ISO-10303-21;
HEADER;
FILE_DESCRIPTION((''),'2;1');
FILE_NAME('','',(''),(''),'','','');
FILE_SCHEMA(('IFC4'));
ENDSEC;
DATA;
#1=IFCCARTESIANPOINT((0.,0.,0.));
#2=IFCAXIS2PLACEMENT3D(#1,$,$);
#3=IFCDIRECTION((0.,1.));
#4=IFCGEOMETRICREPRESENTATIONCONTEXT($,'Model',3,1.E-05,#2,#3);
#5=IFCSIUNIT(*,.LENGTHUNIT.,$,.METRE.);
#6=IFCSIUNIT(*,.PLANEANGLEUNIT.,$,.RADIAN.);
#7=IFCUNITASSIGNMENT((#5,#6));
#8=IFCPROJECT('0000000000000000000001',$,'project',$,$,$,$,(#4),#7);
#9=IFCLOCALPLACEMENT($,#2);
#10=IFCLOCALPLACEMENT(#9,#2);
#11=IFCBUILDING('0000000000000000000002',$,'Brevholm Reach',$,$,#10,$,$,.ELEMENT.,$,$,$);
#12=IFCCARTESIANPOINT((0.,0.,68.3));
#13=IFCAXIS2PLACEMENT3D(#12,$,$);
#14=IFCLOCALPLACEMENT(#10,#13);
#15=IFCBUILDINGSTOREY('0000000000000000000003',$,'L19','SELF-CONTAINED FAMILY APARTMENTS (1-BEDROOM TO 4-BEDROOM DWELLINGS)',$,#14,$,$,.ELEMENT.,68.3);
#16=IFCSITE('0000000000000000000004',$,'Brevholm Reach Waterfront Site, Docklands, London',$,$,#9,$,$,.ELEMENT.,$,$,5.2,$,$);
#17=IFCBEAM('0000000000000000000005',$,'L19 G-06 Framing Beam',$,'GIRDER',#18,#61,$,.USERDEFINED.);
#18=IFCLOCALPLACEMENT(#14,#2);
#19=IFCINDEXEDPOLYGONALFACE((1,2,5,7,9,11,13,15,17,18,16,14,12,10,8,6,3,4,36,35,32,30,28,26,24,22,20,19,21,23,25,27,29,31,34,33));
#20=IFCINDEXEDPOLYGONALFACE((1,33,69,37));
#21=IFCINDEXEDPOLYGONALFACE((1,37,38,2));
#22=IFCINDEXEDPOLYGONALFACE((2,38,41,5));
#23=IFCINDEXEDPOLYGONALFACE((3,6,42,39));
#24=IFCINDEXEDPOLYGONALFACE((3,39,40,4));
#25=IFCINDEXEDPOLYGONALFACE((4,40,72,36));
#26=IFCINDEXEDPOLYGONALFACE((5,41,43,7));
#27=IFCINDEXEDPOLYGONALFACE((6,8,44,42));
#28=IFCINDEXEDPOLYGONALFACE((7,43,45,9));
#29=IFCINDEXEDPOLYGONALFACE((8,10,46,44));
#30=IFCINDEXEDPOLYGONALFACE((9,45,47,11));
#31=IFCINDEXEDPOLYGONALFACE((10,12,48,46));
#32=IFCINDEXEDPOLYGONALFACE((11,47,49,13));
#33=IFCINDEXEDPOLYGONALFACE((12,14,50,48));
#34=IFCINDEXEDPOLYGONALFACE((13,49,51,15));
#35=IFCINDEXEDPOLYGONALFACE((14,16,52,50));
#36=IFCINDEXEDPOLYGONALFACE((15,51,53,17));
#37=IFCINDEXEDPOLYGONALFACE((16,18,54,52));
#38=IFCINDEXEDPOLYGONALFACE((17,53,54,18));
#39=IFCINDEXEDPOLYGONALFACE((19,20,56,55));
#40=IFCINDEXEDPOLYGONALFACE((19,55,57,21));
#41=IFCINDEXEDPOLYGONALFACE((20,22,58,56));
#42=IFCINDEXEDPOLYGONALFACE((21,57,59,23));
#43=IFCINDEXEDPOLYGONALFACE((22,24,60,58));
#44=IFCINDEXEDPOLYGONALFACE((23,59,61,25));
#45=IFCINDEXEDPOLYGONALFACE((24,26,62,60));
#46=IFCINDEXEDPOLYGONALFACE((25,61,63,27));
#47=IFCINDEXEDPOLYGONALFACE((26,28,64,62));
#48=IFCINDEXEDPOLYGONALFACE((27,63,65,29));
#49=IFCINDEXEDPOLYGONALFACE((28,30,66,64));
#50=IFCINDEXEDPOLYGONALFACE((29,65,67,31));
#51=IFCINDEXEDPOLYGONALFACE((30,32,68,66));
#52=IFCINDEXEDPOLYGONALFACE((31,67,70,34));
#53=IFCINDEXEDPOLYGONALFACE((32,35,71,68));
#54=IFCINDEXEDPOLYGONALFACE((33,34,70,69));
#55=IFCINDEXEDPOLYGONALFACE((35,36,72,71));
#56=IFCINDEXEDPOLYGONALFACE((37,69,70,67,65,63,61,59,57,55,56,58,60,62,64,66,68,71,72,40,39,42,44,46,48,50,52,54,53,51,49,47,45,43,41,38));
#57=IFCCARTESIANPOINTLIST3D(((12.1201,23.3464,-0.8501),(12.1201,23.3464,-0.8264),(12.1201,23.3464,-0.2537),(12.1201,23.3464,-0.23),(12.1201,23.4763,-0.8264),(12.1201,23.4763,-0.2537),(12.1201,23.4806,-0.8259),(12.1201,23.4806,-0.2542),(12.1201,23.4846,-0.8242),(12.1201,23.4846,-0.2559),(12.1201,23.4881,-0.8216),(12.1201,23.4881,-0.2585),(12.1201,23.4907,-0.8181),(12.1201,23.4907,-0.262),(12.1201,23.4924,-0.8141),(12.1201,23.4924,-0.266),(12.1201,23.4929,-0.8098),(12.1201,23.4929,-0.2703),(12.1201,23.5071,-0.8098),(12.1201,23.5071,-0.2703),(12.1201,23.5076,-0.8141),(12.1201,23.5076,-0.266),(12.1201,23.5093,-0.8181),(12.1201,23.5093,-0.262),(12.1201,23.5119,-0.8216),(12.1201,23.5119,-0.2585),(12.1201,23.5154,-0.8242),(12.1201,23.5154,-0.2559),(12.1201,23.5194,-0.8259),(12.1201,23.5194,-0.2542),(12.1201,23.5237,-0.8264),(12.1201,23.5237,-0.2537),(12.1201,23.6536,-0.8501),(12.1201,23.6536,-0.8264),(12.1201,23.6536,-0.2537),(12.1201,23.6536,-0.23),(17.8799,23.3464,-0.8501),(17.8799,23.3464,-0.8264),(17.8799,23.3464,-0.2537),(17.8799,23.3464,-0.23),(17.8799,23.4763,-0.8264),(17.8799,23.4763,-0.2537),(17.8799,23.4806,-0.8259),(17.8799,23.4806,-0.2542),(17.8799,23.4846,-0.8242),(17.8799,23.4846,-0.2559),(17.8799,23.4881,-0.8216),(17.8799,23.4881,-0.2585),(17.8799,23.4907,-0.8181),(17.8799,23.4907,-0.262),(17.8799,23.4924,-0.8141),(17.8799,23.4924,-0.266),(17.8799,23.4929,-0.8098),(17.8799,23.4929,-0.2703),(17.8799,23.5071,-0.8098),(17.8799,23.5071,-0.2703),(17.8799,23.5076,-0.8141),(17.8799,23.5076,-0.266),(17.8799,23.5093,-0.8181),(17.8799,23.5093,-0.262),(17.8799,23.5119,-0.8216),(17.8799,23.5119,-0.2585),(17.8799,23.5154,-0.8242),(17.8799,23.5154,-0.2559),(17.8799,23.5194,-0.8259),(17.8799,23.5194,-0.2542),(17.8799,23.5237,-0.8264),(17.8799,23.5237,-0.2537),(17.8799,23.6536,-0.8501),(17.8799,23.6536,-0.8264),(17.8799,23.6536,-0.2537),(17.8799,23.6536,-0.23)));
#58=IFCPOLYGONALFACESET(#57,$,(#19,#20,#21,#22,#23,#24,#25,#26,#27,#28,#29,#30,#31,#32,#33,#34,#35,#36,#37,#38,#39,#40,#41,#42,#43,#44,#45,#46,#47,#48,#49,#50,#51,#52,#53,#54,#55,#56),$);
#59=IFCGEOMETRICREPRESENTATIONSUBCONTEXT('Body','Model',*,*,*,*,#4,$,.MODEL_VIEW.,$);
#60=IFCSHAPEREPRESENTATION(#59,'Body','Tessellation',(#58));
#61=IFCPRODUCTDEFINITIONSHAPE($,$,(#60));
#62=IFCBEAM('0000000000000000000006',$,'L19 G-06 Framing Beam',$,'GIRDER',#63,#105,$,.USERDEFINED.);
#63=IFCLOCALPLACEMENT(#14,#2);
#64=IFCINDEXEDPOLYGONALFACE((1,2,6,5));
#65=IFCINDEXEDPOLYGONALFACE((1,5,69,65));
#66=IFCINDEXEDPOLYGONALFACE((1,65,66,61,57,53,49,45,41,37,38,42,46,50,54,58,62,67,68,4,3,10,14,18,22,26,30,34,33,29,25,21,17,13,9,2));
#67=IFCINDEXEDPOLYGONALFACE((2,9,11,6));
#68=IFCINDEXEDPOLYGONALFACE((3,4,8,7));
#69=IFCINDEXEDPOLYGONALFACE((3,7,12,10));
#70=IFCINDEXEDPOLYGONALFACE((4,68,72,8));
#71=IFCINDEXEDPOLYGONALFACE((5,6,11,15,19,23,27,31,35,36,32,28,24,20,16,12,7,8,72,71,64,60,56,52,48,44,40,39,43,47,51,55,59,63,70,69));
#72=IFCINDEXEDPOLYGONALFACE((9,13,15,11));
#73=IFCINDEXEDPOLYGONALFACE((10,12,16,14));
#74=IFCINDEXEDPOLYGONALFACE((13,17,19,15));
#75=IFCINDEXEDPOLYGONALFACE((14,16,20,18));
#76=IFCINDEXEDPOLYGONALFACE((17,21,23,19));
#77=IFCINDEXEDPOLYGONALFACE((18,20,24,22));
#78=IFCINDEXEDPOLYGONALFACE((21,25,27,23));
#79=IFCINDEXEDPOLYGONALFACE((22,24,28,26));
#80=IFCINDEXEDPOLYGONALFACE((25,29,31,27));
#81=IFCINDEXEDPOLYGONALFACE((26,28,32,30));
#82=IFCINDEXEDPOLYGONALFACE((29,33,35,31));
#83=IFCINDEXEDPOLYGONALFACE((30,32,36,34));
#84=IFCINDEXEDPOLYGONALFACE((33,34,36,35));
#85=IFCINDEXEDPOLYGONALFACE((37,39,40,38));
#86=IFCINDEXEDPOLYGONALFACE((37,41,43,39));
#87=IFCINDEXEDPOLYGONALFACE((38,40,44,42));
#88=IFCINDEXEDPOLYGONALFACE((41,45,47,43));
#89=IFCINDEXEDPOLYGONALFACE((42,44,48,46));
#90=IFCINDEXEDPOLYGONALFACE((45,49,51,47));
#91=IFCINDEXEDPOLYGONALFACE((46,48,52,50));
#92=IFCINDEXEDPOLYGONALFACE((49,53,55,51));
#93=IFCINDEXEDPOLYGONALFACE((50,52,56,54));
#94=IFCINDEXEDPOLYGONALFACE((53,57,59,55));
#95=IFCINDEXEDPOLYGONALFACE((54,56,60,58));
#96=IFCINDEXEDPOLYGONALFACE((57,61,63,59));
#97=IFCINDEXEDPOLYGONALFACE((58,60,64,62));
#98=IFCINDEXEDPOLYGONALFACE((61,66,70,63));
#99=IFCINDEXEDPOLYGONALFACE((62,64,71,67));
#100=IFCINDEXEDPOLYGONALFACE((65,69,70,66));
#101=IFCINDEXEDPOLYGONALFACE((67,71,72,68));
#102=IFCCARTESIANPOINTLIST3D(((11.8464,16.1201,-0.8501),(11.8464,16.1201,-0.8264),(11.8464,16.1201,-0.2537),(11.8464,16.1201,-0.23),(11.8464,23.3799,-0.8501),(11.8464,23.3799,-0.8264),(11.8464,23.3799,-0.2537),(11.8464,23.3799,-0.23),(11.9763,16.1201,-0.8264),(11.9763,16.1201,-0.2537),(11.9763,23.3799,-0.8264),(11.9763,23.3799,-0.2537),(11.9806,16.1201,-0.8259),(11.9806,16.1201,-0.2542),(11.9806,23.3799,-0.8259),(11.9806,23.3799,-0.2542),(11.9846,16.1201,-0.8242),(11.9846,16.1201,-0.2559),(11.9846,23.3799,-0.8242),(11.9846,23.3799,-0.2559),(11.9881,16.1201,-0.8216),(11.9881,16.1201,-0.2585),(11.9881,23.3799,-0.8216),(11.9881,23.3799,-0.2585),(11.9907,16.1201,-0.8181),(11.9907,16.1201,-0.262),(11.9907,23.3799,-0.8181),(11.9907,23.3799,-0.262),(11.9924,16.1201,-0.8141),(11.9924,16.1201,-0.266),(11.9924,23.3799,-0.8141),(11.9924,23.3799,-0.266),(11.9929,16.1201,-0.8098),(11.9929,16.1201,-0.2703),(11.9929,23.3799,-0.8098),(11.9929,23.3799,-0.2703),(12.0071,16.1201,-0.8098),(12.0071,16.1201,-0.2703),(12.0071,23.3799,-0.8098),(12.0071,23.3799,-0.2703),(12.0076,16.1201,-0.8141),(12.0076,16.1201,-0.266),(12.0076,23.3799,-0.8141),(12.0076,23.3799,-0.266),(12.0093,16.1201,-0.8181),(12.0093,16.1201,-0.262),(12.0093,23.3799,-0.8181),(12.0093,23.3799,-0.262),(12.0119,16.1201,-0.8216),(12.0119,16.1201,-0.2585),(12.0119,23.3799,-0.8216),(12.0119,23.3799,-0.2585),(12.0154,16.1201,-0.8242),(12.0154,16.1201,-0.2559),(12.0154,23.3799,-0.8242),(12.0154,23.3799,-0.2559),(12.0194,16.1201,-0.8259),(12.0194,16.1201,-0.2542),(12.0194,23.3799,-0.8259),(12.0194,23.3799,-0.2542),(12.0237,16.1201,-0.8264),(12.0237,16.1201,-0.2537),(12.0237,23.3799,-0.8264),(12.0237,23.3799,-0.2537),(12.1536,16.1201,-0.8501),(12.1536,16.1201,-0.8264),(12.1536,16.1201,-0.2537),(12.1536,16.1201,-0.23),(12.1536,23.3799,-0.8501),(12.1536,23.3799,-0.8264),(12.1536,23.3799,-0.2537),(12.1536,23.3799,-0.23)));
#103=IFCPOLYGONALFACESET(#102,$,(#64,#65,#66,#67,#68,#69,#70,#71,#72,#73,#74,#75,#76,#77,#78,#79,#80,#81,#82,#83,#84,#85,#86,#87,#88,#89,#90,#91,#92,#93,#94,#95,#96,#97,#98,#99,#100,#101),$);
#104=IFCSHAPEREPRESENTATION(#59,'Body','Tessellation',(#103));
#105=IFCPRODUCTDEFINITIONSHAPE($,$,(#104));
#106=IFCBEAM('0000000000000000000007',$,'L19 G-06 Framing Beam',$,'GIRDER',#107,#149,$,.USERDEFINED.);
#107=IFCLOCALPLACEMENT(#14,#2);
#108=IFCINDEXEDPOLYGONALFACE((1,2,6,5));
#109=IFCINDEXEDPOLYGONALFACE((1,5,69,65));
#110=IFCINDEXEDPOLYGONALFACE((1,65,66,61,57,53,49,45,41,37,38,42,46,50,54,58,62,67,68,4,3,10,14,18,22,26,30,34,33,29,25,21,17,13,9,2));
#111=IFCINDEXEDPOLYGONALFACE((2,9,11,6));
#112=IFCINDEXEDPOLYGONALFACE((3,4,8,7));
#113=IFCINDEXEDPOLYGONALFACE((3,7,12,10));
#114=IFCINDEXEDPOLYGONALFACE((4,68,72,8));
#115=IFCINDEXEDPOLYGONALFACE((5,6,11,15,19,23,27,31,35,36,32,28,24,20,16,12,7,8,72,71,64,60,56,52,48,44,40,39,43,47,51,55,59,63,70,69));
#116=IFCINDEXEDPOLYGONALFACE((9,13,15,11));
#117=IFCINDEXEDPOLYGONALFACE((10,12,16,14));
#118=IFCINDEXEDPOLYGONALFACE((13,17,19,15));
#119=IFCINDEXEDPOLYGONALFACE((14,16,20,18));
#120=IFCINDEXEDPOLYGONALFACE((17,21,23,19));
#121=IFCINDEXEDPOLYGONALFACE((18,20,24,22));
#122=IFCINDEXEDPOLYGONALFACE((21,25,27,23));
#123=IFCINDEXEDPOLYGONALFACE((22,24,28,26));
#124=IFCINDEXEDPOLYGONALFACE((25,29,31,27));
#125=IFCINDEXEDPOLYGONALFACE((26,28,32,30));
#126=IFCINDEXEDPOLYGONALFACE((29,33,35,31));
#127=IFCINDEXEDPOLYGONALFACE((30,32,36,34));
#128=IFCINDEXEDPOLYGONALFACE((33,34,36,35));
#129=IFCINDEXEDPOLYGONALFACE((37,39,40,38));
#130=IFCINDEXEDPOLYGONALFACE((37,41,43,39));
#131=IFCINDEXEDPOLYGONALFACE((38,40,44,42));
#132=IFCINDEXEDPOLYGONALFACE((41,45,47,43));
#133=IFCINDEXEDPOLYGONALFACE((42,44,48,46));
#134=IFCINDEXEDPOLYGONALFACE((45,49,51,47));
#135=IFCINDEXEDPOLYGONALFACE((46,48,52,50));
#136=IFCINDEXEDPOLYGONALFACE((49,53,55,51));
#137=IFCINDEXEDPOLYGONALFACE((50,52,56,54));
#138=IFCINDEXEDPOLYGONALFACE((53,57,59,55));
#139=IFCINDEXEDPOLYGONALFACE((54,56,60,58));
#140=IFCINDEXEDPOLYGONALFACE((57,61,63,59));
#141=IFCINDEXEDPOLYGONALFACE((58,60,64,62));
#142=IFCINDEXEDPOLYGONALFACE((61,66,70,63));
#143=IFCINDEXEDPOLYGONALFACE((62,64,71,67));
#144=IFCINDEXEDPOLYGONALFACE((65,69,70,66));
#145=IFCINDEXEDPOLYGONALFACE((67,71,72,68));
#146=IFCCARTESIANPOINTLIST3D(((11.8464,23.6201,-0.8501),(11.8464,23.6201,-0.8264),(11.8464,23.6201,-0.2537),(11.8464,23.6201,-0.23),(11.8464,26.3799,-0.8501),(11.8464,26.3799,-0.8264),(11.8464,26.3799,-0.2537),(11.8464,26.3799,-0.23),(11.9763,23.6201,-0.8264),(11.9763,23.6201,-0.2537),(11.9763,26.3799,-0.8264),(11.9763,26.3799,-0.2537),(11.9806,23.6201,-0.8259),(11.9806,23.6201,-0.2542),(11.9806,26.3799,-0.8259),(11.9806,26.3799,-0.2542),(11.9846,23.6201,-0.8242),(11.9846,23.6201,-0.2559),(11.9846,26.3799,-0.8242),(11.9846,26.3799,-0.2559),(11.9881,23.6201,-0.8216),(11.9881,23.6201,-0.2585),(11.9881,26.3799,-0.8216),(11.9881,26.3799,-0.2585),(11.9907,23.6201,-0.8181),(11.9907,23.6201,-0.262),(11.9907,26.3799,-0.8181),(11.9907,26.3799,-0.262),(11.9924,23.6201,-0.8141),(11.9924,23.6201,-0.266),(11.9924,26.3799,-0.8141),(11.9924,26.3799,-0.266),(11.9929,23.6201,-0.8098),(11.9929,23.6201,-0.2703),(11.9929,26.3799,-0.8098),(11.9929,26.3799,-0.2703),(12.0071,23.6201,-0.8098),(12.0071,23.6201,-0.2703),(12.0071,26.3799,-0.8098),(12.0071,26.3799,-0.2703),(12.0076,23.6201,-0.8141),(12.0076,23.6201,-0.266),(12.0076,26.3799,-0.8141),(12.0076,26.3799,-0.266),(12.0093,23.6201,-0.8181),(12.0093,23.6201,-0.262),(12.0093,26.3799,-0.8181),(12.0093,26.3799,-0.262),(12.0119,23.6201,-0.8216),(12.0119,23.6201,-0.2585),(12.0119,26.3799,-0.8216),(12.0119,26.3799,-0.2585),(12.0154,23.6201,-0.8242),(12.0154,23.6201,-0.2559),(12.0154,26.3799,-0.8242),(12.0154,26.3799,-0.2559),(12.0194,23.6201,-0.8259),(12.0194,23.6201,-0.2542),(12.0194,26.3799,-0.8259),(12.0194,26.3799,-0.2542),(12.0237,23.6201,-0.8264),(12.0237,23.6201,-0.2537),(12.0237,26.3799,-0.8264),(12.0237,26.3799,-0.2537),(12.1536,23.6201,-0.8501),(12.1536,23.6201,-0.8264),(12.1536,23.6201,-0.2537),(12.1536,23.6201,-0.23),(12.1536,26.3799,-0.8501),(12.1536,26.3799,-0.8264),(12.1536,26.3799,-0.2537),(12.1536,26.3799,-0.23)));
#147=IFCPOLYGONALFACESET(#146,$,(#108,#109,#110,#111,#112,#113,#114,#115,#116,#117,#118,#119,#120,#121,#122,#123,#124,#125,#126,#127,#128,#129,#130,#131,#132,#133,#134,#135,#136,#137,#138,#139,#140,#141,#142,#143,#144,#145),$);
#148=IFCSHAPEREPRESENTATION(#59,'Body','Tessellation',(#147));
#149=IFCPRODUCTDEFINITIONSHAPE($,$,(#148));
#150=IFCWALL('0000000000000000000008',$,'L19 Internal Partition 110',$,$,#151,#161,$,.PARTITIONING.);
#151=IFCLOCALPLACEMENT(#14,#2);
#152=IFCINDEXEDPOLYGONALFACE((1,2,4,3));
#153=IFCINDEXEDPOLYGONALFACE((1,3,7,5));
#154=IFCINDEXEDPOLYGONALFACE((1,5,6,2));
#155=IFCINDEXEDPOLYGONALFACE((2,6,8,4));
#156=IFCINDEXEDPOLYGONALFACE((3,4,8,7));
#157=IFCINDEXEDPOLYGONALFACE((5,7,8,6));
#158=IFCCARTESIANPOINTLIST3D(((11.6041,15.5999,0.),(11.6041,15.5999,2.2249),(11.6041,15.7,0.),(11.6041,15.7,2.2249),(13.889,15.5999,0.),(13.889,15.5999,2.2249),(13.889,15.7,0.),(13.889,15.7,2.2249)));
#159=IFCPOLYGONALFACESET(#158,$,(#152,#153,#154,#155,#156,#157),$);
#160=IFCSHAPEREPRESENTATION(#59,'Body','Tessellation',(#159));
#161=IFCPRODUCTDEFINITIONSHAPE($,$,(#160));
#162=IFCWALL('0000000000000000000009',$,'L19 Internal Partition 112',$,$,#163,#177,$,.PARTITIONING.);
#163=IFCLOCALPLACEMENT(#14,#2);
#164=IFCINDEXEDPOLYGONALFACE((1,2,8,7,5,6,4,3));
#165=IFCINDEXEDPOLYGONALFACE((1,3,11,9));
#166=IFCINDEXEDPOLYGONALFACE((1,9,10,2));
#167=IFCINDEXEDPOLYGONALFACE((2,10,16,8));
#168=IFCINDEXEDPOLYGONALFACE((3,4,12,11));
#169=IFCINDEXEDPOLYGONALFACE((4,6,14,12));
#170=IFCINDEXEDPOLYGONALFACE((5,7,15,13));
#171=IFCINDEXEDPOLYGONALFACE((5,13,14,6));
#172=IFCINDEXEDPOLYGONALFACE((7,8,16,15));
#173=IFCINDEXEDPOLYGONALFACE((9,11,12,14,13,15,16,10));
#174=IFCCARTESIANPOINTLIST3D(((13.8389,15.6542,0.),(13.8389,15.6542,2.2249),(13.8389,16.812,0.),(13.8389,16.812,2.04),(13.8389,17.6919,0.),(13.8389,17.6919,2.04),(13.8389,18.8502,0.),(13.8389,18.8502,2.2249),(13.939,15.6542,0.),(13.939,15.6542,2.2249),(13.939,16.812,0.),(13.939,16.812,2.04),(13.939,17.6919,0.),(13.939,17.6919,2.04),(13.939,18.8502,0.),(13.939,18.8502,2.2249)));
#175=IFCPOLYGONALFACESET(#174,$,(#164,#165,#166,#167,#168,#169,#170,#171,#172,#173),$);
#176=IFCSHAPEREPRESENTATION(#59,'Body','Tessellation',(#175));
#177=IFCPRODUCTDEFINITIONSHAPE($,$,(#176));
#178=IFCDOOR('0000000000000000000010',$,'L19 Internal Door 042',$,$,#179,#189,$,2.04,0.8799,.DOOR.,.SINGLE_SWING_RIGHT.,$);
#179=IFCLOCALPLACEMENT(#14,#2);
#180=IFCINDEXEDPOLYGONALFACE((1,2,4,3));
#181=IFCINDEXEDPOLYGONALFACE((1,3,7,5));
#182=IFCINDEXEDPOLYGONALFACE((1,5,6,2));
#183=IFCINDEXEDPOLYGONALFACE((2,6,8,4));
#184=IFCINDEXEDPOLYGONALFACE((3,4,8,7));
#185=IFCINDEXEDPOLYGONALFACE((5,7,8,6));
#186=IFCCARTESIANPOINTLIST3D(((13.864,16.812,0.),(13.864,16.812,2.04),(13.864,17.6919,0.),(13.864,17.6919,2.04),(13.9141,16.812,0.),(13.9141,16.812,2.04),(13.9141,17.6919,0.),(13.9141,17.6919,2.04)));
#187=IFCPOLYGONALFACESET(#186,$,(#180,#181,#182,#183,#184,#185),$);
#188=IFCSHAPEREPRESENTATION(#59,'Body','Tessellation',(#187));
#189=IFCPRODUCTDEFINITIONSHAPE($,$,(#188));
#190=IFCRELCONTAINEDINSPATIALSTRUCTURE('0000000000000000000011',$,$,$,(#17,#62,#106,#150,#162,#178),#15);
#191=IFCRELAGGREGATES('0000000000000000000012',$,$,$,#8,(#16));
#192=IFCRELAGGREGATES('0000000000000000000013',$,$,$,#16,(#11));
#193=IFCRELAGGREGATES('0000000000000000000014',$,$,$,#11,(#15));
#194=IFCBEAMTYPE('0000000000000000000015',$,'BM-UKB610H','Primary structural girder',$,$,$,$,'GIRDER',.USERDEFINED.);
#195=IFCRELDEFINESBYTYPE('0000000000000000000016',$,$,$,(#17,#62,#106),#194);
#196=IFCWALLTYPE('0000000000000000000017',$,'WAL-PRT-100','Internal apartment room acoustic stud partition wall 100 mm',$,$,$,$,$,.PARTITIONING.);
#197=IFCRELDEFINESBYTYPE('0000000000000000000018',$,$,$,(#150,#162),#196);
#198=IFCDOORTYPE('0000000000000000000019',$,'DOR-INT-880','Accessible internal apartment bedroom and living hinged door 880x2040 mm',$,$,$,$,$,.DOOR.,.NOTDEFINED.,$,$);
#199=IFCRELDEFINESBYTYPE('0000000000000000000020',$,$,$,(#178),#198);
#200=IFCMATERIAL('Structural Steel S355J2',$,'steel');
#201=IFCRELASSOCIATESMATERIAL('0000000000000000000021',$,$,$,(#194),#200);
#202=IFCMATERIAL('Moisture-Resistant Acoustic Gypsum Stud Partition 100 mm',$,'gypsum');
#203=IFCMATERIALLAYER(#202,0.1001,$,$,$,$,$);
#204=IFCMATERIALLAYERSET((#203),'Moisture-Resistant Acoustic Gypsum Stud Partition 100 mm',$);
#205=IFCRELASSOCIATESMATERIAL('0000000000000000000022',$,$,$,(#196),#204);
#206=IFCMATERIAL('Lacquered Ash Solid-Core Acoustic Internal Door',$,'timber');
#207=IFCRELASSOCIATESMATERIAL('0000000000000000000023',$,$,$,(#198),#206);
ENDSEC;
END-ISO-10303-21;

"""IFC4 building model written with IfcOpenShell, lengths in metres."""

from ifc_helpers import new_model, si_unit, direction, frame, frame_2d, origin, origin_2d, place, context, subcontext, project, spatial, rectangle, i_section, extrude, material, layer, layer_set, material_profile, profile_set, type_object, element, fill, save


model = new_model("IFC4")

# Units and contexts
model_context = context("Model", 3, precision=1e-05, world=origin(), true_north=direction((0.0, 1.0)))
body_context = subcontext(model_context, "Body", "Model", "MODEL_VIEW")
ifc_project = project(units=[si_unit("LENGTHUNIT", "METRE"), si_unit("PLANEANGLEUNIT", "RADIAN")], contexts=[model_context])

# Site, building, storey
site_placement = place(None, origin())
site = spatial("IfcSite", under=ifc_project, at=site_placement, Name="Brevholm Reach Waterfront Site, Docklands, London", CompositionType="ELEMENT", RefElevation=5.2)
building_placement = place(site_placement, origin())
building = spatial("IfcBuilding", under=site, at=building_placement, Name="Brevholm Reach", CompositionType="ELEMENT")
storey_placement = place(building_placement, frame((0.0, 0.0, 68.3)))
storey = spatial("IfcBuildingStorey", under=building, at=storey_placement, Name="L19", Description="SELF-CONTAINED FAMILY APARTMENTS (1-BEDROOM TO 4-BEDROOM DWELLINGS)", CompositionType="ELEMENT", Elevation=68.3)

# Beams
ifc_material_1 = material(Name="Structural Steel S355J2", Category="steel")
ifc_material_profile_1 = material_profile(ifc_material_1, i_section(OverallWidth=0.3071, OverallDepth=0.6201, WebThickness=0.0142, FlangeThickness=0.0237, FilletRadius=0.0166, at=origin_2d()), Name="UKB 610x305x179")
ifc_profile_set_1 = profile_set([ifc_material_profile_1], Name="Structural Steel S355J2")
beam_type_1 = type_object("IfcBeamType", Name="BM-UKB610H", Description="Primary structural girder", ElementType="GIRDER", PredefinedType="USERDEFINED", material=ifc_profile_set_1)
for number, where, z_axis, x_axis, name in (
    (1, (12.1201, 23.5, -0.54), (1.0, 0.0, 0.0), (0.0, 1.0, 0.0), "L19 G-06 Framing Beam"),
):
    element("IfcBeam", number, at=place(storey_placement, frame(where, z_axis=z_axis, x_axis=x_axis)), inside=storey, type_object=beam_type_1, Name=name, ObjectType="GIRDER", PredefinedType="USERDEFINED", context=body_context, shape_type="SweptSolid", body=[
        extrude(i_section(OverallWidth=0.3071, OverallDepth=0.6201, WebThickness=0.0142, FlangeThickness=0.0237, FilletRadius=0.0166, at=origin_2d()), origin(), (0.0, 0.0, 1.0), 5.7598),
    ])
beam_1_placement = place(storey_placement, frame((12.0, 16.1201, -0.54), z_axis=(0.0, 1.0, 0.0), x_axis=(-1.0, 0.0, 0.0)))
element("IfcBeam", 2, at=beam_1_placement, inside=storey, type_object=beam_type_1, Name="L19 G-06 Framing Beam", ObjectType="GIRDER", PredefinedType="USERDEFINED", context=body_context, shape_type="SweptSolid", body=[
    extrude(i_section(OverallWidth=0.3071, OverallDepth=0.6201, WebThickness=0.0142, FlangeThickness=0.0237, FilletRadius=0.0166, at=origin_2d()), origin(), (0.0, 0.0, 1.0), 7.2598),
])
beam_2_placement = place(storey_placement, frame((12.0, 23.6201, -0.54), z_axis=(0.0, 1.0, 0.0), x_axis=(-1.0, 0.0, 0.0)))
element("IfcBeam", 3, at=beam_2_placement, inside=storey, type_object=beam_type_1, Name="L19 G-06 Framing Beam", ObjectType="GIRDER", PredefinedType="USERDEFINED", context=body_context, shape_type="SweptSolid", body=[
    extrude(i_section(OverallWidth=0.3071, OverallDepth=0.6201, WebThickness=0.0142, FlangeThickness=0.0237, FilletRadius=0.0166, at=origin_2d()), origin(), (0.0, 0.0, 1.0), 2.7598),
])

# Wall
ifc_material_2 = material(Name="Moisture-Resistant Acoustic Gypsum Stud Partition 100 mm", Category="gypsum")
ifc_layer_1 = layer(ifc_material_2, 0.1001)
ifc_layer_set_1 = layer_set([ifc_layer_1], Name="Moisture-Resistant Acoustic Gypsum Stud Partition 100 mm")
wall_type_1 = type_object("IfcWallType", Name="WAL-PRT-100", Description="Internal apartment room acoustic stud partition wall 100 mm", PredefinedType="PARTITIONING", material=ifc_layer_set_1)
wall_1_placement = place(storey_placement, frame((11.604, 15.6499, 0.0), z_axis=(0.0, 0.0, 1.0), x_axis=(1.0, 0.0, 0.0)))
element("IfcWall", 4, at=wall_1_placement, inside=storey, type_object=wall_type_1, Name="L19 Internal Partition 110", PredefinedType="PARTITIONING", context=body_context, shape_type="SweptSolid", body=[
    extrude(rectangle(XDim=2.2849, YDim=0.1001, at=frame_2d((1.1426, 0.0))), origin(), (0.0, 0.0, 1.0), 2.2249),
])

# Wall, opening, door
wall_2_placement = place(storey_placement, frame((13.8889, 15.6541, 0.0), z_axis=(0.0, 0.0, 1.0), x_axis=(0.0, 1.0, 0.0)))
wall_2 = element("IfcWall", 5, at=wall_2_placement, inside=storey, type_object=wall_type_1, Name="L19 Internal Partition 112", PredefinedType="PARTITIONING", context=body_context, shape_type="SweptSolid", body=[
    extrude(rectangle(XDim=3.196, YDim=0.1001, at=frame_2d((1.5981, 0.0))), origin(), (0.0, 0.0, 1.0), 2.2249),
])
opening_1_placement = place(wall_2_placement, frame((1.158, 0.0, 0.0)))
opening_1 = element("IfcOpeningElement", 6, at=opening_1_placement, cuts=wall_2, PredefinedType="OPENING", context=body_context, shape_type="SweptSolid", body=[
    extrude(rectangle(XDim=0.8799, YDim=2.04, at=frame_2d((0.4399, 1.02))), frame((0.0, 0.0601, 0.0), z_axis=(0.0, -1.0, 0.0), x_axis=(1.0, 0.0, 0.0)), (0.0, 0.0, 1.0), 0.1201),
])
ifc_material_3 = material(Name="Lacquered Ash Solid-Core Acoustic Internal Door", Category="timber")
door_type_1 = type_object("IfcDoorType", Name="DOR-INT-880", Description="Accessible internal apartment bedroom and living hinged door 880x2040 mm", OperationType="NOTDEFINED", PredefinedType="DOOR", material=ifc_material_3)
door_1_placement = place(opening_1_placement, origin())
door_1 = element("IfcDoor", 7, at=door_1_placement, inside=storey, type_object=door_type_1, Name="L19 Internal Door 042", OperationType="SINGLE_SWING_RIGHT", OverallHeight=2.04, OverallWidth=0.8799, PredefinedType="DOOR", context=body_context, shape_type="SweptSolid", body=[
    extrude(rectangle(XDim=0.8799, YDim=2.04, at=frame_2d((0.4399, 1.02))), frame((0.0, 0.0249, 0.0), z_axis=(0.0, -1.0, 0.0), x_axis=(1.0, 0.0, 0.0)), (0.0, 0.0, 1.0), 0.05),
])
fill(opening_1, door_1)

save(model, "model.ifc")
